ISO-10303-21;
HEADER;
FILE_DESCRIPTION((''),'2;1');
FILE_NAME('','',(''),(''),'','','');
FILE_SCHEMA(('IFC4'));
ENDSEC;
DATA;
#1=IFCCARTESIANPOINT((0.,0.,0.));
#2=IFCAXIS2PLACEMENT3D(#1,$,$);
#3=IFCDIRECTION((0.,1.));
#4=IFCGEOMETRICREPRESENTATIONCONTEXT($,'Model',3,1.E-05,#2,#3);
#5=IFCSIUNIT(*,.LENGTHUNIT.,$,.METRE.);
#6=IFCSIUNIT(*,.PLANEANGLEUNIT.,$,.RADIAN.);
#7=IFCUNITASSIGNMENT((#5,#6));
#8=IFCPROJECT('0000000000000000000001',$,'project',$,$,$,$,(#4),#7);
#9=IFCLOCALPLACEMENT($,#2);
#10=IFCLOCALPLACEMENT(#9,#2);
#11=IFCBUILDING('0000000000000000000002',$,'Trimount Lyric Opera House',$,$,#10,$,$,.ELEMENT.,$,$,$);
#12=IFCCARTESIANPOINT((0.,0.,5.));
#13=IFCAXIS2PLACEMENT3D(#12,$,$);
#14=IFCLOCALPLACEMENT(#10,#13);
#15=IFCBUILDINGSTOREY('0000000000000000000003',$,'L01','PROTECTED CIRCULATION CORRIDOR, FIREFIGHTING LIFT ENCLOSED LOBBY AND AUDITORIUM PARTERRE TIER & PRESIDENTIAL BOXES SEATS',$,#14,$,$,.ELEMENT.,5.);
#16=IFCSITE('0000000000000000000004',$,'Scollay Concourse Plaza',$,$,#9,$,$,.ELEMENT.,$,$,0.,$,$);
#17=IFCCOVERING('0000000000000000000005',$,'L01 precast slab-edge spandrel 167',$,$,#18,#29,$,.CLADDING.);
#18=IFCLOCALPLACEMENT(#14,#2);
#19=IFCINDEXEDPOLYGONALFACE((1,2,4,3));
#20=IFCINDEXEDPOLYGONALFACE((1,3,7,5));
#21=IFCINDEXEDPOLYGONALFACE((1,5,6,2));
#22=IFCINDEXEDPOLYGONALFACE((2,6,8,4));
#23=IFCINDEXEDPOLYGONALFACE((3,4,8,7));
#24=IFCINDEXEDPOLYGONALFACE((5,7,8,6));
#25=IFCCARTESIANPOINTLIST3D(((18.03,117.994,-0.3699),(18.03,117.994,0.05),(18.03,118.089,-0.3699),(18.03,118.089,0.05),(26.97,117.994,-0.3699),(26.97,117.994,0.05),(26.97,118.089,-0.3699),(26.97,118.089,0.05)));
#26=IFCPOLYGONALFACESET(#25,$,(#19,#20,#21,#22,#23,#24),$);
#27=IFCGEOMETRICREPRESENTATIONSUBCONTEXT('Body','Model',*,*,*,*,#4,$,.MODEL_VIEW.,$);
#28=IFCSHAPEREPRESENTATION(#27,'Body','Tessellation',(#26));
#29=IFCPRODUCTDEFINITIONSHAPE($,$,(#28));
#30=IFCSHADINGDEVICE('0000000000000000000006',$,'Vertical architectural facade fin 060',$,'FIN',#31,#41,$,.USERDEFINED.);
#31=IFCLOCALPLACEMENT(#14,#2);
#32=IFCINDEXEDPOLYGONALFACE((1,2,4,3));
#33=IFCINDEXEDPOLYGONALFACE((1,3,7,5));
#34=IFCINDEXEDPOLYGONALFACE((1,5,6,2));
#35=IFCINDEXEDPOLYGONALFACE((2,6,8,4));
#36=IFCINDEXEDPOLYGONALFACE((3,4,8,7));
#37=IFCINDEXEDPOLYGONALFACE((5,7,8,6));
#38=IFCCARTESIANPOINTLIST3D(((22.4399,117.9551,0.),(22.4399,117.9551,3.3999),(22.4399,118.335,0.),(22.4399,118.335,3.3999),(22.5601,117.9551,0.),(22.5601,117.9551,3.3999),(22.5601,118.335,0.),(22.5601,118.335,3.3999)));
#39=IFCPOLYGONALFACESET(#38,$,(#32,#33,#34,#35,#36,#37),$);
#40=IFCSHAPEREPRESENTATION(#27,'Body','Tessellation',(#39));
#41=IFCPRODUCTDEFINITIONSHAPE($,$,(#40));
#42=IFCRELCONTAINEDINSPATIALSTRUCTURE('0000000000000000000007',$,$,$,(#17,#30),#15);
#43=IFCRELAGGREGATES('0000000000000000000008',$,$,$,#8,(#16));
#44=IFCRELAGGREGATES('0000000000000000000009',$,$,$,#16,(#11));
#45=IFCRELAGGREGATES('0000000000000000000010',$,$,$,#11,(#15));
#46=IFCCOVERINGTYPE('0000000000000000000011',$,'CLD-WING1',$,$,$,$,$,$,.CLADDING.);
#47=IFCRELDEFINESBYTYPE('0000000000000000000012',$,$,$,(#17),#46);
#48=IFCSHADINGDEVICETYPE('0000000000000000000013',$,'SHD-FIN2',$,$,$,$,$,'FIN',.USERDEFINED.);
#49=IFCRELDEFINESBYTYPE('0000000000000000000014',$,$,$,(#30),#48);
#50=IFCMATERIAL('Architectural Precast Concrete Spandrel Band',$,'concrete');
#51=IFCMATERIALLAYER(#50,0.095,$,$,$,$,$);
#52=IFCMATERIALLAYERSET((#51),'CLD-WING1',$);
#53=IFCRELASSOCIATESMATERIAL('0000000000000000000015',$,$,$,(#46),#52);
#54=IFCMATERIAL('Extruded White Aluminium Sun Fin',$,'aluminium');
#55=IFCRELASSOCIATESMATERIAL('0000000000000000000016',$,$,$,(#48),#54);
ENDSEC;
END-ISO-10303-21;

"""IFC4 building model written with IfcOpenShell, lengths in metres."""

from ifc_helpers import new_model, si_unit, direction, frame, origin, origin_2d, place, context, subcontext, project, spatial, rectangle, extrude, material, layer, layer_set, type_object, element, save


model = new_model("IFC4")

# Units and contexts
model_context = context("Model", 3, precision=1e-05, world=origin(), true_north=direction((0.0, 1.0)))
body_context = subcontext(model_context, "Body", "Model", "MODEL_VIEW")
ifc_project = project(units=[si_unit("LENGTHUNIT", "METRE"), si_unit("PLANEANGLEUNIT", "RADIAN")], contexts=[model_context])

# Site, building, storey
site_placement = place(None, origin())
site = spatial("IfcSite", under=ifc_project, at=site_placement, Name="Scollay Concourse Plaza", CompositionType="ELEMENT", RefElevation=0.0)
building_placement = place(site_placement, origin())
building = spatial("IfcBuilding", under=site, at=building_placement, Name="Trimount Lyric Opera House", CompositionType="ELEMENT")
storey_placement = place(building_placement, frame((0.0, 0.0, 5.0)))
storey = spatial("IfcBuildingStorey", under=building, at=storey_placement, Name="L01", Description="PROTECTED CIRCULATION CORRIDOR, FIREFIGHTING LIFT ENCLOSED LOBBY AND AUDITORIUM PARTERRE TIER & PRESIDENTIAL BOXES SEATS", CompositionType="ELEMENT", Elevation=5.0)

# Covering
ifc_material_1 = material(Name="Architectural Precast Concrete Spandrel Band", Category="concrete")
ifc_layer_1 = layer(ifc_material_1, 0.095)
ifc_layer_set_1 = layer_set([ifc_layer_1], Name="CLD-WING1")
covering_type = type_object("IfcCoveringType", Name="CLD-WING1", PredefinedType="CLADDING", material=ifc_layer_set_1)
covering_placement = place(storey_placement, frame((22.5, 118.0415, -0.3699), z_axis=(0.0, 0.0, 1.0), x_axis=(1.0, 0.0, 0.0)))
element("IfcCovering", 1, at=covering_placement, inside=storey, type_object=covering_type, Name="L01 precast slab-edge spandrel 167", PredefinedType="CLADDING", context=body_context, shape_type="SweptSolid", body=[
    extrude(rectangle(XDim=8.9399, YDim=0.095, at=origin_2d()), origin(), (0.0, 0.0, 1.0), 0.4199),
])

# Shading device
ifc_material_2 = material(Name="Extruded White Aluminium Sun Fin", Category="aluminium")
shading_device_type = type_object("IfcShadingDeviceType", Name="SHD-FIN2", ElementType="FIN", PredefinedType="USERDEFINED", material=ifc_material_2)
shading_device_placement = place(storey_placement, frame((22.5, 118.145, 0.0), z_axis=(0.0, 0.0, 1.0), x_axis=(1.0, 0.0, 0.0)))
element("IfcShadingDevice", 2, at=shading_device_placement, inside=storey, type_object=shading_device_type, Name="Vertical architectural facade fin 060", ObjectType="FIN", PredefinedType="USERDEFINED", context=body_context, shape_type="SweptSolid", body=[
    extrude(rectangle(XDim=0.1201, YDim=0.3799, at=origin_2d()), origin(), (0.0, 0.0, 1.0), 3.3999),
])

save(model, "model.ifc")
